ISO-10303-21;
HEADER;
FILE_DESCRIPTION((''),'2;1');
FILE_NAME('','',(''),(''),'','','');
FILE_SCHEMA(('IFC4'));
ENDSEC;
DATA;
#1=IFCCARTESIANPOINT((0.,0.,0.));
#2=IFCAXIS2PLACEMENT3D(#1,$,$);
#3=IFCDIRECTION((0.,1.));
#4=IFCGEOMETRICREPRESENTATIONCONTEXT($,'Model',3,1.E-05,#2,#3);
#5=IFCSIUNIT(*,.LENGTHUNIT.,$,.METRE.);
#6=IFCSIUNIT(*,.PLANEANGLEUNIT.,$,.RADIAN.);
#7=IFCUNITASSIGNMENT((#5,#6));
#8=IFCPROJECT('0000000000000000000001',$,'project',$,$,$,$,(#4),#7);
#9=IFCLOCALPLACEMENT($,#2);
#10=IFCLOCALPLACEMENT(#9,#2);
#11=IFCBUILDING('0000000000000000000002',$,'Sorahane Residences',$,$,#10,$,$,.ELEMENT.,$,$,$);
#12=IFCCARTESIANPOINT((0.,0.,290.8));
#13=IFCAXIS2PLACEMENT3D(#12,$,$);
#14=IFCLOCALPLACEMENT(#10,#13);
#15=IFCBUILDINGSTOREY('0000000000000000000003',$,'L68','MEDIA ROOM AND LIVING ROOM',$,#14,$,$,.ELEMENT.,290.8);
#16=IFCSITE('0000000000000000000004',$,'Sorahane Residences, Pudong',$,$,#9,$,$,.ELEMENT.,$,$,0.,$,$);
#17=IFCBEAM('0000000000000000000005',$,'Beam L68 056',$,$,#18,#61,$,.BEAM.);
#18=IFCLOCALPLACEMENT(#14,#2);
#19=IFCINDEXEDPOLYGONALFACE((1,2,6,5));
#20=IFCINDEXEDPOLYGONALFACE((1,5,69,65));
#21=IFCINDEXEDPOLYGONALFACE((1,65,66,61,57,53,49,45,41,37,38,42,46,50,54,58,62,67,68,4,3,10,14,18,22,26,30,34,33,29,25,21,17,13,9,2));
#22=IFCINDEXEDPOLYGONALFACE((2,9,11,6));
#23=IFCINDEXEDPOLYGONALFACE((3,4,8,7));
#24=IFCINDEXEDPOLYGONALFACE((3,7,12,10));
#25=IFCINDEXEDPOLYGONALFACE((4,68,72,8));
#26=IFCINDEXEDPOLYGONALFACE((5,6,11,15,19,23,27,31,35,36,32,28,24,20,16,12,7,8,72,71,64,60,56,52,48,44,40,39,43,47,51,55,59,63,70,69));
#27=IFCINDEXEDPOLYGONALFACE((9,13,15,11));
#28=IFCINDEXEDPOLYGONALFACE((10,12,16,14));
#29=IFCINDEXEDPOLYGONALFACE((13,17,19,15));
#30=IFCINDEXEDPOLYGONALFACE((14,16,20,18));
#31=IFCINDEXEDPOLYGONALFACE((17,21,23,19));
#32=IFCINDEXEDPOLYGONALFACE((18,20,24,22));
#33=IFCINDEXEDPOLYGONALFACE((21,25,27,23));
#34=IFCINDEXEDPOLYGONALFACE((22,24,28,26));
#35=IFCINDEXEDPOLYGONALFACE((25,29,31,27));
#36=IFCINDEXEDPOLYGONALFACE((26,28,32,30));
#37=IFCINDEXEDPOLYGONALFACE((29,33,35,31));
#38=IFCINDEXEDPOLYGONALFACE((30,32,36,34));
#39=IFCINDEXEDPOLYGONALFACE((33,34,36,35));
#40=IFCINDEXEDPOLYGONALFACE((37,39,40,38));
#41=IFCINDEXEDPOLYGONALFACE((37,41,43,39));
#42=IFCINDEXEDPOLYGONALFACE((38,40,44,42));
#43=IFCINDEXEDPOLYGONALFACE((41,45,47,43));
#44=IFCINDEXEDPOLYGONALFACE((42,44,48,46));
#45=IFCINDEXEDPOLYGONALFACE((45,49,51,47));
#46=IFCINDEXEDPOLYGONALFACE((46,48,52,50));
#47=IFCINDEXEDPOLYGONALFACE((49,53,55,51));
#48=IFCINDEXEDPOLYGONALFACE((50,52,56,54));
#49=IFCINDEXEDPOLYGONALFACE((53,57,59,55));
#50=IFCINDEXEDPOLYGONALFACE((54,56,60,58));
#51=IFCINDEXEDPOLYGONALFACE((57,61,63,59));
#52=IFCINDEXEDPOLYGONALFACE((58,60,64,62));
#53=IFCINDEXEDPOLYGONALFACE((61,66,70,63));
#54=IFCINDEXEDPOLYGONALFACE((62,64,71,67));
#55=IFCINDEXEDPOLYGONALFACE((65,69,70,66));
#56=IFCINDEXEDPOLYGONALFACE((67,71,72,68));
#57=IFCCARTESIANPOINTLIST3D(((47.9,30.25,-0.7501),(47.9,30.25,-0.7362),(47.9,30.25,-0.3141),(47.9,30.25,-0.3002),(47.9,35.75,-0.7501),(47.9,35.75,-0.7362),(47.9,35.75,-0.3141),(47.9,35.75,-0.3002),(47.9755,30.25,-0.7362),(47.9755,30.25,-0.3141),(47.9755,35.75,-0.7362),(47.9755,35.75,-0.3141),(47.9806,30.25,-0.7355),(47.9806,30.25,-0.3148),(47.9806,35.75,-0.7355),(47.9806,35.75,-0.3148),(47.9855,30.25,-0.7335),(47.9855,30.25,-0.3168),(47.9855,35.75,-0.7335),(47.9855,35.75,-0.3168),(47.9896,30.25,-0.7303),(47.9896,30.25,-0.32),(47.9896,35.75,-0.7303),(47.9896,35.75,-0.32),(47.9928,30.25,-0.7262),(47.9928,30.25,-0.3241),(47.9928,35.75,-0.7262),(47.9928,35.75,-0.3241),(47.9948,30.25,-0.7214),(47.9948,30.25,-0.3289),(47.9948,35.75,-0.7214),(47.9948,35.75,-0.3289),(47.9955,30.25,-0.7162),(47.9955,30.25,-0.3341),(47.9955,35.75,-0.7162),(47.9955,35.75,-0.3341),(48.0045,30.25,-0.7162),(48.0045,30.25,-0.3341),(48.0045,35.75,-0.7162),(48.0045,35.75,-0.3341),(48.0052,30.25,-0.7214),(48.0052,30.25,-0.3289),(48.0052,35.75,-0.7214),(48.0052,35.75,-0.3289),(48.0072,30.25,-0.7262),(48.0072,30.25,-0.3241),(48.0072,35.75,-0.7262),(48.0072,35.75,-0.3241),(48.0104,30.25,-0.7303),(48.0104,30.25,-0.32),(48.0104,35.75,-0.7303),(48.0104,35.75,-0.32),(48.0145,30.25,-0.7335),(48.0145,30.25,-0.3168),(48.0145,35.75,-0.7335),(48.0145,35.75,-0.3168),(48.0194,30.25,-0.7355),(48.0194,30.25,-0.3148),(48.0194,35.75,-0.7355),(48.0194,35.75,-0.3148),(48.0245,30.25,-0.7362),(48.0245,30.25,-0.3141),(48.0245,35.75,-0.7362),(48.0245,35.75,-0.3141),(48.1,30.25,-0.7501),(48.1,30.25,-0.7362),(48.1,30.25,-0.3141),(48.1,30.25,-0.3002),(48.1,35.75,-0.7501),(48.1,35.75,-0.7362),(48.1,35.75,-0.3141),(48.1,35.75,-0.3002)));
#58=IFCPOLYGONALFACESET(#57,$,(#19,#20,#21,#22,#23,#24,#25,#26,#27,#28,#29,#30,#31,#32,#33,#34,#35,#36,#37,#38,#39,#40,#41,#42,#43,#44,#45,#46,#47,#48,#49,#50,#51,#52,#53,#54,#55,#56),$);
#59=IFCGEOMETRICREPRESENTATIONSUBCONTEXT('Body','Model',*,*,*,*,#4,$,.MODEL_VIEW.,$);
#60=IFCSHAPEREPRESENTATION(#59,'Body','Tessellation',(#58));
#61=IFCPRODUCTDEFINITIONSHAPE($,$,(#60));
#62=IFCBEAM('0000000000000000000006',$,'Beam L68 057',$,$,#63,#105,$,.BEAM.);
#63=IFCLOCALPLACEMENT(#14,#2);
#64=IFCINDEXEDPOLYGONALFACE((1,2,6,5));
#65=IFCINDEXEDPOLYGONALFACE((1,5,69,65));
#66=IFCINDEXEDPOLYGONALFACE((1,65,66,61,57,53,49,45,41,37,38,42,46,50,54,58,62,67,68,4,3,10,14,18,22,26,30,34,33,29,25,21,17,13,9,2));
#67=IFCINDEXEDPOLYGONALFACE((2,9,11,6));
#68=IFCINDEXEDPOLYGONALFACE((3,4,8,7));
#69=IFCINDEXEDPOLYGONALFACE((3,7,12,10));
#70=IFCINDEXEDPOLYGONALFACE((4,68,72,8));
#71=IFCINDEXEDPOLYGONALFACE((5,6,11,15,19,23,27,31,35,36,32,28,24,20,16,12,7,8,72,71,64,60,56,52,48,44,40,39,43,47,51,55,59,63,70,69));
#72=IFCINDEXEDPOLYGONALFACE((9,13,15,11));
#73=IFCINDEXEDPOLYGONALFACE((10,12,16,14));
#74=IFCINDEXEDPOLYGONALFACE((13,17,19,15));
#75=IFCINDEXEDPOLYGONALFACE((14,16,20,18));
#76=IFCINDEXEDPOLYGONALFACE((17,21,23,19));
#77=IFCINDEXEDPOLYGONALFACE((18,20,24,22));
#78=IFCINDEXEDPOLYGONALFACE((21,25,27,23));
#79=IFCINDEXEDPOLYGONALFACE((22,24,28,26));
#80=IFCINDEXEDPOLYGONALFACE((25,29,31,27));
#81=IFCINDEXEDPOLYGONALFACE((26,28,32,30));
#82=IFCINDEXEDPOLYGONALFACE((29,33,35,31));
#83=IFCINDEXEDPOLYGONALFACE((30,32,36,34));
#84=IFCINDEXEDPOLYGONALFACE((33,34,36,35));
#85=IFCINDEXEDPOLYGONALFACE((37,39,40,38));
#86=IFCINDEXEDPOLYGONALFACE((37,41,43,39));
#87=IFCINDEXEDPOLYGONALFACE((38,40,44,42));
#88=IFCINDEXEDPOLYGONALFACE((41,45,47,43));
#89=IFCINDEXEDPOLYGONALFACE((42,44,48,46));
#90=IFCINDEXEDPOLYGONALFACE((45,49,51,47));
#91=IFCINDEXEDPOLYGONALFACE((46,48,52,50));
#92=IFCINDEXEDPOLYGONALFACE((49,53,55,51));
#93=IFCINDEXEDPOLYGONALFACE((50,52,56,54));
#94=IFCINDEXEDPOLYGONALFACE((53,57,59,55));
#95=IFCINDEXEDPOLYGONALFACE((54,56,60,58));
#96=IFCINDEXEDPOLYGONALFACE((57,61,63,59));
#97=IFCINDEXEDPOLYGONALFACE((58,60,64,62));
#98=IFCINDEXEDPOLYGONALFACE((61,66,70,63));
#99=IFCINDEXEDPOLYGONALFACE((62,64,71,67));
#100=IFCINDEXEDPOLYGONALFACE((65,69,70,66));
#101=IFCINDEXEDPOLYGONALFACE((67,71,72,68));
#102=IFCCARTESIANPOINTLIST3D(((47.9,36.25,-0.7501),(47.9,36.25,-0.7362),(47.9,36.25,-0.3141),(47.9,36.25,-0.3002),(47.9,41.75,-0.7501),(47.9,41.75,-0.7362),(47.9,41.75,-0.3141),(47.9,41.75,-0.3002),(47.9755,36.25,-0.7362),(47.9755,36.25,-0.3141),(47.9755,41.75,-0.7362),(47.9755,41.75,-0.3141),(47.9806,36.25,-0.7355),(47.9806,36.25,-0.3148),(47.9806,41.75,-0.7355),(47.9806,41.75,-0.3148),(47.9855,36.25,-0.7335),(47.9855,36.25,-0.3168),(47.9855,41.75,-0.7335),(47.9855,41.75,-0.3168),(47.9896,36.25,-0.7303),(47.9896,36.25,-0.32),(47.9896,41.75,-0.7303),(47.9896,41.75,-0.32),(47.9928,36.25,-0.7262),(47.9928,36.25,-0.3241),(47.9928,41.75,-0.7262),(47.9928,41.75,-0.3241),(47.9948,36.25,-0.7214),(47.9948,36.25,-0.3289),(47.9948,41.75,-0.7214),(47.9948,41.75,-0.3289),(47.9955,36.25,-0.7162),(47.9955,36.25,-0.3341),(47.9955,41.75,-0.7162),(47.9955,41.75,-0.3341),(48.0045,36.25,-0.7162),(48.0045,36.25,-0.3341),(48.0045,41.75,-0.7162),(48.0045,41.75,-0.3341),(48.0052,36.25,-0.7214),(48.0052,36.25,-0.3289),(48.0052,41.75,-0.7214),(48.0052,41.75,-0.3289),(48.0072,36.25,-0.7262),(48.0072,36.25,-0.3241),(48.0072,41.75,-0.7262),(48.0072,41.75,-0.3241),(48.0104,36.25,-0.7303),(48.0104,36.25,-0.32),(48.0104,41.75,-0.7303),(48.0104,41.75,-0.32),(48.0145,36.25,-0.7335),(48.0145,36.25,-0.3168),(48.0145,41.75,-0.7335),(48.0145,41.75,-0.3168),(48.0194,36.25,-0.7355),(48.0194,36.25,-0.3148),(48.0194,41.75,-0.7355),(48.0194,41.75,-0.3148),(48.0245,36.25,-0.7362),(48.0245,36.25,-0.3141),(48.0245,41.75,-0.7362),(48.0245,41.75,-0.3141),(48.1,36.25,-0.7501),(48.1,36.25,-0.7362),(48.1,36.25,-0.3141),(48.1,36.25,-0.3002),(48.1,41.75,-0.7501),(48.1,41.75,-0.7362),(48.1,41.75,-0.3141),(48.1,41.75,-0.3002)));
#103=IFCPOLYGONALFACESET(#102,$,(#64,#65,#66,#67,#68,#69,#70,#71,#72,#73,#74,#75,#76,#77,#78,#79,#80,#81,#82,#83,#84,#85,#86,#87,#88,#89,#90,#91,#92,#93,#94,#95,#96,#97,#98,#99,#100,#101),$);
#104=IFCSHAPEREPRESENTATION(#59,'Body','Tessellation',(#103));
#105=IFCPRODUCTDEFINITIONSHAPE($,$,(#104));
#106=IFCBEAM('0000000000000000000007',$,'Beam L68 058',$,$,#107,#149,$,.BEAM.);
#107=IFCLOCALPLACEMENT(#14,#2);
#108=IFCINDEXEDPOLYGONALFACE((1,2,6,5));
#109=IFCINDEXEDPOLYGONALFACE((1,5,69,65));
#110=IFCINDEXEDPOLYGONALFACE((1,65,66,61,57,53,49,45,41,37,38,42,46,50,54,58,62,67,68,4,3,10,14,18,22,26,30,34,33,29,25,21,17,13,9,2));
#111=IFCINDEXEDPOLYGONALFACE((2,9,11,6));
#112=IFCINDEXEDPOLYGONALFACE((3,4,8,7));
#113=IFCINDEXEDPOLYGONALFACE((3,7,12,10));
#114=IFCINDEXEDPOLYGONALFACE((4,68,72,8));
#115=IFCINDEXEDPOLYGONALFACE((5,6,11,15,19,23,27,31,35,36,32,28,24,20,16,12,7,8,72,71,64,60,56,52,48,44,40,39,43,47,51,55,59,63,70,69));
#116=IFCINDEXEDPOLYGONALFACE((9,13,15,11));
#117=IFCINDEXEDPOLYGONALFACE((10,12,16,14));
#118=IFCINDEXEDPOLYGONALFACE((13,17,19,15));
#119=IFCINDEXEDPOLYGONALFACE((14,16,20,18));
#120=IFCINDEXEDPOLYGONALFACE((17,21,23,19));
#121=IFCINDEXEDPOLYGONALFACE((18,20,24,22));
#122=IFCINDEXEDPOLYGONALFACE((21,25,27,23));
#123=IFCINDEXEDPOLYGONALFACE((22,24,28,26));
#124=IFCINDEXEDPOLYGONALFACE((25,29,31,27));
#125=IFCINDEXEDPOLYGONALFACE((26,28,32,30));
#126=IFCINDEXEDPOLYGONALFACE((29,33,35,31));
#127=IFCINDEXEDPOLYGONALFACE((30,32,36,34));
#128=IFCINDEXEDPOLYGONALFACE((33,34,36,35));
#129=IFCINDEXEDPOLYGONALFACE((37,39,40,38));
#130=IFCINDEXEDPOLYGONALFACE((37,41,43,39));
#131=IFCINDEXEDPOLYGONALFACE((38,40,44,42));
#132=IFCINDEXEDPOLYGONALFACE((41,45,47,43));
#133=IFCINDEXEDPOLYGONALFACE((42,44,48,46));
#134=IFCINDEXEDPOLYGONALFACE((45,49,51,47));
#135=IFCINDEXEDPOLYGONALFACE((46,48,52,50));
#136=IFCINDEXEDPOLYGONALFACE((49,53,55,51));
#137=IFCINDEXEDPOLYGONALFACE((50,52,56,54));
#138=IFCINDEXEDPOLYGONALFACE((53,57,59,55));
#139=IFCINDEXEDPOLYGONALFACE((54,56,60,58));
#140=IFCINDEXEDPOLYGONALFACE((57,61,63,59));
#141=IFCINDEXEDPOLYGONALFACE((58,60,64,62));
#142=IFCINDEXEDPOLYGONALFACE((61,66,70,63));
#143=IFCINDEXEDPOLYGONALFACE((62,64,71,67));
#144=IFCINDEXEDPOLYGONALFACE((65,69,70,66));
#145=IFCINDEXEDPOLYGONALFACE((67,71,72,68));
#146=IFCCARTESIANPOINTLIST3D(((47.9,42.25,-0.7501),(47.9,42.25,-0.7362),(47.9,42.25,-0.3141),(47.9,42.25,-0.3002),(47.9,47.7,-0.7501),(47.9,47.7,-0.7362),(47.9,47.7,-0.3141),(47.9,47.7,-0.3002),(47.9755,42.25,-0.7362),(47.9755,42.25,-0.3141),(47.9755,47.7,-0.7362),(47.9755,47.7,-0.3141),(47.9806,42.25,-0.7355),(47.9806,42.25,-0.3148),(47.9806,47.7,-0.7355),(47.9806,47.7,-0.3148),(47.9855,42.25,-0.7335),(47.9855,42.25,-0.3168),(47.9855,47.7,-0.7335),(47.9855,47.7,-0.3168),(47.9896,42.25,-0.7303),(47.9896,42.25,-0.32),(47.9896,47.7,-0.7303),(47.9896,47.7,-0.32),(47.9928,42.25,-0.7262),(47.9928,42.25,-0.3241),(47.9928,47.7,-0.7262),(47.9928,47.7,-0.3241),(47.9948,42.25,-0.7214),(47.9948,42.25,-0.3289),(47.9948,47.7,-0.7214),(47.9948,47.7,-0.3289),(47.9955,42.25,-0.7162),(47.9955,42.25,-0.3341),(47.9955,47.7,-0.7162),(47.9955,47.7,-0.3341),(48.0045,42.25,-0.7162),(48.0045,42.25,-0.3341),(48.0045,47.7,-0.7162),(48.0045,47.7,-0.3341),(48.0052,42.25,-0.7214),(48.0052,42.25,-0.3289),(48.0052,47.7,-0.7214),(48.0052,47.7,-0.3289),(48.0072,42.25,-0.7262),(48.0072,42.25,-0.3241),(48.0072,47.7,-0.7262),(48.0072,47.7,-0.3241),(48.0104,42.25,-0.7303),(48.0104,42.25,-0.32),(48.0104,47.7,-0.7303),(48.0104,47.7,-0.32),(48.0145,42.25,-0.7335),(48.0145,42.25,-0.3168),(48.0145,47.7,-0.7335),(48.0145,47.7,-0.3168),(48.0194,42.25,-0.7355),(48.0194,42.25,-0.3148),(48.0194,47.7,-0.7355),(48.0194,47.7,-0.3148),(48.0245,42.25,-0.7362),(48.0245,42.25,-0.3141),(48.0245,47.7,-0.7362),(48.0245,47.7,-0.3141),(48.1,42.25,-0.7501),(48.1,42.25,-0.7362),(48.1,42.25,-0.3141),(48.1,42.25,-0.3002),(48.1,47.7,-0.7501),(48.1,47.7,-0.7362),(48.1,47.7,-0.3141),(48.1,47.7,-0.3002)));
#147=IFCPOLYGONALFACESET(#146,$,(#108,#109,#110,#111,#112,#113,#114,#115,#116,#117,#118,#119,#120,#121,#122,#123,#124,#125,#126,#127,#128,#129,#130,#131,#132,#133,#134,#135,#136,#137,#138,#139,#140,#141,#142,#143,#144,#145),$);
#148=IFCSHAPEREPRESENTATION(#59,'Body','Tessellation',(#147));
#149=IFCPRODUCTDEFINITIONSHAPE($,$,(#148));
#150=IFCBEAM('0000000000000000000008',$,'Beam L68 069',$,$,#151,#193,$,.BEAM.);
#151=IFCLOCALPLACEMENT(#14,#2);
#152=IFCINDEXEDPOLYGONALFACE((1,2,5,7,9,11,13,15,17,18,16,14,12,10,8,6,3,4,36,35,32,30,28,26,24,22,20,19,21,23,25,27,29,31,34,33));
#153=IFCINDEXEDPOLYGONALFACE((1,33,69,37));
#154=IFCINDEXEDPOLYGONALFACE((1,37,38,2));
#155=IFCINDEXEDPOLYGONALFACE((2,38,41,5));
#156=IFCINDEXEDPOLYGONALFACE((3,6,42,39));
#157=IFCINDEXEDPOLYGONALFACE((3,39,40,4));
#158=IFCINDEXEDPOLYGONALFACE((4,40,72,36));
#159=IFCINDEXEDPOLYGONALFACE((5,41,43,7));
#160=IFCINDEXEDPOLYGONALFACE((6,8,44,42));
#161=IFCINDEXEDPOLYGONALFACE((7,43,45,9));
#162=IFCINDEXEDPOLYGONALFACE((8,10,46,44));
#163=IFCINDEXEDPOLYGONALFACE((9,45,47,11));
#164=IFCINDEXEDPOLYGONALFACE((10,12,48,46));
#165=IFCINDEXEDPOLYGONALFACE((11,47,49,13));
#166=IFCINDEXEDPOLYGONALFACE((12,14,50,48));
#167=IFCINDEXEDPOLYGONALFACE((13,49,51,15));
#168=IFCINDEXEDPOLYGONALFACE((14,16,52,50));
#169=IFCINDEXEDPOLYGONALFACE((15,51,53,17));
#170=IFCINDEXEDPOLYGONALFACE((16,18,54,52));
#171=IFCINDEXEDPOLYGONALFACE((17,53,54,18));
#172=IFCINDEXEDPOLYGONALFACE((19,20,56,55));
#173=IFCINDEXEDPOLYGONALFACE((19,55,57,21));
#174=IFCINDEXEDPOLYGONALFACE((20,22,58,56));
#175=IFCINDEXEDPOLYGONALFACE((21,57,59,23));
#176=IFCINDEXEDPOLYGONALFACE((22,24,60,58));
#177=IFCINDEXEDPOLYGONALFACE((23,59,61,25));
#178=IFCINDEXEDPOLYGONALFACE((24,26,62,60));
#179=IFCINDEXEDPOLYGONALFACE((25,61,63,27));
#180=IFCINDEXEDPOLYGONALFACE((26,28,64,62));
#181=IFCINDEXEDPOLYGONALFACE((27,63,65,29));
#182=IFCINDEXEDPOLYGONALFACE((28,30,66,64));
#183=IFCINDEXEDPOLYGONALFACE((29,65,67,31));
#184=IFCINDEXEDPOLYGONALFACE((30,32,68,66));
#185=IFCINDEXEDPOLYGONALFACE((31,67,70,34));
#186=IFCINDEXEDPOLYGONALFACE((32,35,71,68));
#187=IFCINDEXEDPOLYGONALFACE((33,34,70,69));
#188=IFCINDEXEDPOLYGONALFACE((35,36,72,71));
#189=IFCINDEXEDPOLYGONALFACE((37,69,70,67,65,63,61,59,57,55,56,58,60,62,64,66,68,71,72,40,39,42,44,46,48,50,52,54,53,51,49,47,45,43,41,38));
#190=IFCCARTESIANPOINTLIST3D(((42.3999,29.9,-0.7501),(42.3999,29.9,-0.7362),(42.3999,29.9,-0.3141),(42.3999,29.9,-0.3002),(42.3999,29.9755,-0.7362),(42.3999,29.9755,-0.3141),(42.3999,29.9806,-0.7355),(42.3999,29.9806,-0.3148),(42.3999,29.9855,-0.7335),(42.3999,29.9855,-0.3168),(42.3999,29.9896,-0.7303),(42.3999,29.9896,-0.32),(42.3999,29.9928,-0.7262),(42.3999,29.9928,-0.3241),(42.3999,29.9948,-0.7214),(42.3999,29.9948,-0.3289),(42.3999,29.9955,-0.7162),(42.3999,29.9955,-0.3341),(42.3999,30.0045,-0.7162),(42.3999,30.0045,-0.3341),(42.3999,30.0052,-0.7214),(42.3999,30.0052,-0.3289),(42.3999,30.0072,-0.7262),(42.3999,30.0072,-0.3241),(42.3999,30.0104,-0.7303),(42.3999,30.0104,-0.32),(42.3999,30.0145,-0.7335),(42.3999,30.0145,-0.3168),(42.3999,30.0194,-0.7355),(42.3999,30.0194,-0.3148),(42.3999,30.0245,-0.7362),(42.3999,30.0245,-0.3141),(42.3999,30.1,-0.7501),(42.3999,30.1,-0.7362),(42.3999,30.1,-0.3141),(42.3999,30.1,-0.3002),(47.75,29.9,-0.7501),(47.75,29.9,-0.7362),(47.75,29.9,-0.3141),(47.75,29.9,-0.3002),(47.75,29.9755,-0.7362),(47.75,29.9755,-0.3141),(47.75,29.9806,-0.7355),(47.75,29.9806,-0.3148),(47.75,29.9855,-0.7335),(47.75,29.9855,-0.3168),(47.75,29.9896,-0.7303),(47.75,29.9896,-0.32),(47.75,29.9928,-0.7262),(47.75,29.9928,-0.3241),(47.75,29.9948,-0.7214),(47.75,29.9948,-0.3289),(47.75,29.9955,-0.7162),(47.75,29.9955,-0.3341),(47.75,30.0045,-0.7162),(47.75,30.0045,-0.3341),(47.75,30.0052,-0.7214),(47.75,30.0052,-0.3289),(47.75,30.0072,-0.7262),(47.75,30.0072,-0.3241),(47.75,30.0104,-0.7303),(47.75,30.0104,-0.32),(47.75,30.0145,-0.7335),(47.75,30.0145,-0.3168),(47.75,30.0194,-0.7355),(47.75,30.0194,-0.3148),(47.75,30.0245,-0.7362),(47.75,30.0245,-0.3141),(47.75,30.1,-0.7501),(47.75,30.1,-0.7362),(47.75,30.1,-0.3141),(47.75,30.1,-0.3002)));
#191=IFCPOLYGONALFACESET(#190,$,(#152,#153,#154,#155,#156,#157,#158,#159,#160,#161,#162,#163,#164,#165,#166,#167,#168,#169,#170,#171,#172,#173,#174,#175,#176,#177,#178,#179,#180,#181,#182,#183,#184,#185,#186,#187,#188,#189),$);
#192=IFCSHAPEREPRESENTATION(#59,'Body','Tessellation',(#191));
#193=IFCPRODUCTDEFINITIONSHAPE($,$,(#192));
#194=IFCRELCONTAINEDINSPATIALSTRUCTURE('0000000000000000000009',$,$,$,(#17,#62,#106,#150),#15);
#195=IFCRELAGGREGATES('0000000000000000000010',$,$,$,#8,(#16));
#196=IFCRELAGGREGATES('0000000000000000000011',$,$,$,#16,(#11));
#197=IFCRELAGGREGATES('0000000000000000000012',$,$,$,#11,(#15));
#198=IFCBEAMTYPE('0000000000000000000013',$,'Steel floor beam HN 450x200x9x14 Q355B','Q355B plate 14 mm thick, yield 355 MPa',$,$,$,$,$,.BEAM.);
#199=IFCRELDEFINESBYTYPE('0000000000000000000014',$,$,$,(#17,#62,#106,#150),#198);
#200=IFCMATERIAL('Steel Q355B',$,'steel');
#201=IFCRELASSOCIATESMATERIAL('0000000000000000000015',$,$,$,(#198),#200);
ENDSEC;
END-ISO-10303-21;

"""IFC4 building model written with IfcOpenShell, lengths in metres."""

from ifc_helpers import new_model, si_unit, direction, frame, origin, origin_2d, place, context, subcontext, project, spatial, i_section, extrude, material, material_profile, profile_set, type_object, element, save


model = new_model("IFC4")

# Units and contexts
model_context = context("Model", 3, precision=1e-05, world=origin(), true_north=direction((0.0, 1.0)))
body_context = subcontext(model_context, "Body", "Model", "MODEL_VIEW")
ifc_project = project(units=[si_unit("LENGTHUNIT", "METRE"), si_unit("PLANEANGLEUNIT", "RADIAN")], contexts=[model_context])

# Site, building, storey
site_placement = place(None, origin())
site = spatial("IfcSite", under=ifc_project, at=site_placement, Name="Sorahane Residences, Pudong", CompositionType="ELEMENT", RefElevation=0.0)
building_placement = place(site_placement, origin())
building = spatial("IfcBuilding", under=site, at=building_placement, Name="Sorahane Residences", CompositionType="ELEMENT")
storey_placement = place(building_placement, frame((0.0, 0.0, 290.8)))
storey = spatial("IfcBuildingStorey", under=building, at=storey_placement, Name="L68", Description="MEDIA ROOM AND LIVING ROOM", CompositionType="ELEMENT", Elevation=290.8)

# Beams
ifc_material_1 = material(Name="Steel Q355B", Category="steel")
ifc_material_profile_1 = material_profile(ifc_material_1, i_section(OverallWidth=0.2, OverallDepth=0.45, WebThickness=0.009, FlangeThickness=0.0139, FilletRadius=0.02, at=origin_2d()), Name="HN 450x200x9x14")
ifc_profile_set_1 = profile_set([ifc_material_profile_1], Name="Steel Q355B")
beam_type_1 = type_object("IfcBeamType", Name="Steel floor beam HN 450x200x9x14 Q355B", Description="Q355B plate 14 mm thick, yield 355 MPa", PredefinedType="BEAM", material=ifc_profile_set_1)
for number, where, z_axis, x_axis, name in (
    (1, (48.0, 30.25, -0.5251), (0.0, 1.0, 0.0), (-1.0, 0.0, 0.0), "Beam L68 056"),
    (2, (48.0, 36.25, -0.5251), (0.0, 1.0, 0.0), (-1.0, 0.0, 0.0), "Beam L68 057"),
):
    element("IfcBeam", number, at=place(storey_placement, frame(where, z_axis=z_axis, x_axis=x_axis)), inside=storey, type_object=beam_type_1, Name=name, PredefinedType="BEAM", context=body_context, shape_type="SweptSolid", body=[
        extrude(i_section(OverallWidth=0.2, OverallDepth=0.45, WebThickness=0.009, FlangeThickness=0.0139, FilletRadius=0.02, at=origin_2d()), origin(), (0.0, 0.0, 1.0), 5.5),
    ])
beam_1_placement = place(storey_placement, frame((48.0, 42.25, -0.5251), z_axis=(0.0, 1.0, 0.0), x_axis=(-1.0, 0.0, 0.0)))
element("IfcBeam", 3, at=beam_1_placement, inside=storey, type_object=beam_type_1, Name="Beam L68 058", PredefinedType="BEAM", context=body_context, shape_type="SweptSolid", body=[
    extrude(i_section(OverallWidth=0.2, OverallDepth=0.45, WebThickness=0.009, FlangeThickness=0.0139, FilletRadius=0.02, at=origin_2d()), origin(), (0.0, 0.0, 1.0), 5.45),
])
beam_2_placement = place(storey_placement, frame((42.3999, 30.0, -0.5251), z_axis=(1.0, 0.0, 0.0), x_axis=(0.0, 1.0, 0.0)))
element("IfcBeam", 4, at=beam_2_placement, inside=storey, type_object=beam_type_1, Name="Beam L68 069", PredefinedType="BEAM", context=body_context, shape_type="SweptSolid", body=[
    extrude(i_section(OverallWidth=0.2, OverallDepth=0.45, WebThickness=0.009, FlangeThickness=0.0139, FilletRadius=0.02, at=origin_2d()), origin(), (0.0, 0.0, 1.0), 5.3501),
])

save(model, "model.ifc")
